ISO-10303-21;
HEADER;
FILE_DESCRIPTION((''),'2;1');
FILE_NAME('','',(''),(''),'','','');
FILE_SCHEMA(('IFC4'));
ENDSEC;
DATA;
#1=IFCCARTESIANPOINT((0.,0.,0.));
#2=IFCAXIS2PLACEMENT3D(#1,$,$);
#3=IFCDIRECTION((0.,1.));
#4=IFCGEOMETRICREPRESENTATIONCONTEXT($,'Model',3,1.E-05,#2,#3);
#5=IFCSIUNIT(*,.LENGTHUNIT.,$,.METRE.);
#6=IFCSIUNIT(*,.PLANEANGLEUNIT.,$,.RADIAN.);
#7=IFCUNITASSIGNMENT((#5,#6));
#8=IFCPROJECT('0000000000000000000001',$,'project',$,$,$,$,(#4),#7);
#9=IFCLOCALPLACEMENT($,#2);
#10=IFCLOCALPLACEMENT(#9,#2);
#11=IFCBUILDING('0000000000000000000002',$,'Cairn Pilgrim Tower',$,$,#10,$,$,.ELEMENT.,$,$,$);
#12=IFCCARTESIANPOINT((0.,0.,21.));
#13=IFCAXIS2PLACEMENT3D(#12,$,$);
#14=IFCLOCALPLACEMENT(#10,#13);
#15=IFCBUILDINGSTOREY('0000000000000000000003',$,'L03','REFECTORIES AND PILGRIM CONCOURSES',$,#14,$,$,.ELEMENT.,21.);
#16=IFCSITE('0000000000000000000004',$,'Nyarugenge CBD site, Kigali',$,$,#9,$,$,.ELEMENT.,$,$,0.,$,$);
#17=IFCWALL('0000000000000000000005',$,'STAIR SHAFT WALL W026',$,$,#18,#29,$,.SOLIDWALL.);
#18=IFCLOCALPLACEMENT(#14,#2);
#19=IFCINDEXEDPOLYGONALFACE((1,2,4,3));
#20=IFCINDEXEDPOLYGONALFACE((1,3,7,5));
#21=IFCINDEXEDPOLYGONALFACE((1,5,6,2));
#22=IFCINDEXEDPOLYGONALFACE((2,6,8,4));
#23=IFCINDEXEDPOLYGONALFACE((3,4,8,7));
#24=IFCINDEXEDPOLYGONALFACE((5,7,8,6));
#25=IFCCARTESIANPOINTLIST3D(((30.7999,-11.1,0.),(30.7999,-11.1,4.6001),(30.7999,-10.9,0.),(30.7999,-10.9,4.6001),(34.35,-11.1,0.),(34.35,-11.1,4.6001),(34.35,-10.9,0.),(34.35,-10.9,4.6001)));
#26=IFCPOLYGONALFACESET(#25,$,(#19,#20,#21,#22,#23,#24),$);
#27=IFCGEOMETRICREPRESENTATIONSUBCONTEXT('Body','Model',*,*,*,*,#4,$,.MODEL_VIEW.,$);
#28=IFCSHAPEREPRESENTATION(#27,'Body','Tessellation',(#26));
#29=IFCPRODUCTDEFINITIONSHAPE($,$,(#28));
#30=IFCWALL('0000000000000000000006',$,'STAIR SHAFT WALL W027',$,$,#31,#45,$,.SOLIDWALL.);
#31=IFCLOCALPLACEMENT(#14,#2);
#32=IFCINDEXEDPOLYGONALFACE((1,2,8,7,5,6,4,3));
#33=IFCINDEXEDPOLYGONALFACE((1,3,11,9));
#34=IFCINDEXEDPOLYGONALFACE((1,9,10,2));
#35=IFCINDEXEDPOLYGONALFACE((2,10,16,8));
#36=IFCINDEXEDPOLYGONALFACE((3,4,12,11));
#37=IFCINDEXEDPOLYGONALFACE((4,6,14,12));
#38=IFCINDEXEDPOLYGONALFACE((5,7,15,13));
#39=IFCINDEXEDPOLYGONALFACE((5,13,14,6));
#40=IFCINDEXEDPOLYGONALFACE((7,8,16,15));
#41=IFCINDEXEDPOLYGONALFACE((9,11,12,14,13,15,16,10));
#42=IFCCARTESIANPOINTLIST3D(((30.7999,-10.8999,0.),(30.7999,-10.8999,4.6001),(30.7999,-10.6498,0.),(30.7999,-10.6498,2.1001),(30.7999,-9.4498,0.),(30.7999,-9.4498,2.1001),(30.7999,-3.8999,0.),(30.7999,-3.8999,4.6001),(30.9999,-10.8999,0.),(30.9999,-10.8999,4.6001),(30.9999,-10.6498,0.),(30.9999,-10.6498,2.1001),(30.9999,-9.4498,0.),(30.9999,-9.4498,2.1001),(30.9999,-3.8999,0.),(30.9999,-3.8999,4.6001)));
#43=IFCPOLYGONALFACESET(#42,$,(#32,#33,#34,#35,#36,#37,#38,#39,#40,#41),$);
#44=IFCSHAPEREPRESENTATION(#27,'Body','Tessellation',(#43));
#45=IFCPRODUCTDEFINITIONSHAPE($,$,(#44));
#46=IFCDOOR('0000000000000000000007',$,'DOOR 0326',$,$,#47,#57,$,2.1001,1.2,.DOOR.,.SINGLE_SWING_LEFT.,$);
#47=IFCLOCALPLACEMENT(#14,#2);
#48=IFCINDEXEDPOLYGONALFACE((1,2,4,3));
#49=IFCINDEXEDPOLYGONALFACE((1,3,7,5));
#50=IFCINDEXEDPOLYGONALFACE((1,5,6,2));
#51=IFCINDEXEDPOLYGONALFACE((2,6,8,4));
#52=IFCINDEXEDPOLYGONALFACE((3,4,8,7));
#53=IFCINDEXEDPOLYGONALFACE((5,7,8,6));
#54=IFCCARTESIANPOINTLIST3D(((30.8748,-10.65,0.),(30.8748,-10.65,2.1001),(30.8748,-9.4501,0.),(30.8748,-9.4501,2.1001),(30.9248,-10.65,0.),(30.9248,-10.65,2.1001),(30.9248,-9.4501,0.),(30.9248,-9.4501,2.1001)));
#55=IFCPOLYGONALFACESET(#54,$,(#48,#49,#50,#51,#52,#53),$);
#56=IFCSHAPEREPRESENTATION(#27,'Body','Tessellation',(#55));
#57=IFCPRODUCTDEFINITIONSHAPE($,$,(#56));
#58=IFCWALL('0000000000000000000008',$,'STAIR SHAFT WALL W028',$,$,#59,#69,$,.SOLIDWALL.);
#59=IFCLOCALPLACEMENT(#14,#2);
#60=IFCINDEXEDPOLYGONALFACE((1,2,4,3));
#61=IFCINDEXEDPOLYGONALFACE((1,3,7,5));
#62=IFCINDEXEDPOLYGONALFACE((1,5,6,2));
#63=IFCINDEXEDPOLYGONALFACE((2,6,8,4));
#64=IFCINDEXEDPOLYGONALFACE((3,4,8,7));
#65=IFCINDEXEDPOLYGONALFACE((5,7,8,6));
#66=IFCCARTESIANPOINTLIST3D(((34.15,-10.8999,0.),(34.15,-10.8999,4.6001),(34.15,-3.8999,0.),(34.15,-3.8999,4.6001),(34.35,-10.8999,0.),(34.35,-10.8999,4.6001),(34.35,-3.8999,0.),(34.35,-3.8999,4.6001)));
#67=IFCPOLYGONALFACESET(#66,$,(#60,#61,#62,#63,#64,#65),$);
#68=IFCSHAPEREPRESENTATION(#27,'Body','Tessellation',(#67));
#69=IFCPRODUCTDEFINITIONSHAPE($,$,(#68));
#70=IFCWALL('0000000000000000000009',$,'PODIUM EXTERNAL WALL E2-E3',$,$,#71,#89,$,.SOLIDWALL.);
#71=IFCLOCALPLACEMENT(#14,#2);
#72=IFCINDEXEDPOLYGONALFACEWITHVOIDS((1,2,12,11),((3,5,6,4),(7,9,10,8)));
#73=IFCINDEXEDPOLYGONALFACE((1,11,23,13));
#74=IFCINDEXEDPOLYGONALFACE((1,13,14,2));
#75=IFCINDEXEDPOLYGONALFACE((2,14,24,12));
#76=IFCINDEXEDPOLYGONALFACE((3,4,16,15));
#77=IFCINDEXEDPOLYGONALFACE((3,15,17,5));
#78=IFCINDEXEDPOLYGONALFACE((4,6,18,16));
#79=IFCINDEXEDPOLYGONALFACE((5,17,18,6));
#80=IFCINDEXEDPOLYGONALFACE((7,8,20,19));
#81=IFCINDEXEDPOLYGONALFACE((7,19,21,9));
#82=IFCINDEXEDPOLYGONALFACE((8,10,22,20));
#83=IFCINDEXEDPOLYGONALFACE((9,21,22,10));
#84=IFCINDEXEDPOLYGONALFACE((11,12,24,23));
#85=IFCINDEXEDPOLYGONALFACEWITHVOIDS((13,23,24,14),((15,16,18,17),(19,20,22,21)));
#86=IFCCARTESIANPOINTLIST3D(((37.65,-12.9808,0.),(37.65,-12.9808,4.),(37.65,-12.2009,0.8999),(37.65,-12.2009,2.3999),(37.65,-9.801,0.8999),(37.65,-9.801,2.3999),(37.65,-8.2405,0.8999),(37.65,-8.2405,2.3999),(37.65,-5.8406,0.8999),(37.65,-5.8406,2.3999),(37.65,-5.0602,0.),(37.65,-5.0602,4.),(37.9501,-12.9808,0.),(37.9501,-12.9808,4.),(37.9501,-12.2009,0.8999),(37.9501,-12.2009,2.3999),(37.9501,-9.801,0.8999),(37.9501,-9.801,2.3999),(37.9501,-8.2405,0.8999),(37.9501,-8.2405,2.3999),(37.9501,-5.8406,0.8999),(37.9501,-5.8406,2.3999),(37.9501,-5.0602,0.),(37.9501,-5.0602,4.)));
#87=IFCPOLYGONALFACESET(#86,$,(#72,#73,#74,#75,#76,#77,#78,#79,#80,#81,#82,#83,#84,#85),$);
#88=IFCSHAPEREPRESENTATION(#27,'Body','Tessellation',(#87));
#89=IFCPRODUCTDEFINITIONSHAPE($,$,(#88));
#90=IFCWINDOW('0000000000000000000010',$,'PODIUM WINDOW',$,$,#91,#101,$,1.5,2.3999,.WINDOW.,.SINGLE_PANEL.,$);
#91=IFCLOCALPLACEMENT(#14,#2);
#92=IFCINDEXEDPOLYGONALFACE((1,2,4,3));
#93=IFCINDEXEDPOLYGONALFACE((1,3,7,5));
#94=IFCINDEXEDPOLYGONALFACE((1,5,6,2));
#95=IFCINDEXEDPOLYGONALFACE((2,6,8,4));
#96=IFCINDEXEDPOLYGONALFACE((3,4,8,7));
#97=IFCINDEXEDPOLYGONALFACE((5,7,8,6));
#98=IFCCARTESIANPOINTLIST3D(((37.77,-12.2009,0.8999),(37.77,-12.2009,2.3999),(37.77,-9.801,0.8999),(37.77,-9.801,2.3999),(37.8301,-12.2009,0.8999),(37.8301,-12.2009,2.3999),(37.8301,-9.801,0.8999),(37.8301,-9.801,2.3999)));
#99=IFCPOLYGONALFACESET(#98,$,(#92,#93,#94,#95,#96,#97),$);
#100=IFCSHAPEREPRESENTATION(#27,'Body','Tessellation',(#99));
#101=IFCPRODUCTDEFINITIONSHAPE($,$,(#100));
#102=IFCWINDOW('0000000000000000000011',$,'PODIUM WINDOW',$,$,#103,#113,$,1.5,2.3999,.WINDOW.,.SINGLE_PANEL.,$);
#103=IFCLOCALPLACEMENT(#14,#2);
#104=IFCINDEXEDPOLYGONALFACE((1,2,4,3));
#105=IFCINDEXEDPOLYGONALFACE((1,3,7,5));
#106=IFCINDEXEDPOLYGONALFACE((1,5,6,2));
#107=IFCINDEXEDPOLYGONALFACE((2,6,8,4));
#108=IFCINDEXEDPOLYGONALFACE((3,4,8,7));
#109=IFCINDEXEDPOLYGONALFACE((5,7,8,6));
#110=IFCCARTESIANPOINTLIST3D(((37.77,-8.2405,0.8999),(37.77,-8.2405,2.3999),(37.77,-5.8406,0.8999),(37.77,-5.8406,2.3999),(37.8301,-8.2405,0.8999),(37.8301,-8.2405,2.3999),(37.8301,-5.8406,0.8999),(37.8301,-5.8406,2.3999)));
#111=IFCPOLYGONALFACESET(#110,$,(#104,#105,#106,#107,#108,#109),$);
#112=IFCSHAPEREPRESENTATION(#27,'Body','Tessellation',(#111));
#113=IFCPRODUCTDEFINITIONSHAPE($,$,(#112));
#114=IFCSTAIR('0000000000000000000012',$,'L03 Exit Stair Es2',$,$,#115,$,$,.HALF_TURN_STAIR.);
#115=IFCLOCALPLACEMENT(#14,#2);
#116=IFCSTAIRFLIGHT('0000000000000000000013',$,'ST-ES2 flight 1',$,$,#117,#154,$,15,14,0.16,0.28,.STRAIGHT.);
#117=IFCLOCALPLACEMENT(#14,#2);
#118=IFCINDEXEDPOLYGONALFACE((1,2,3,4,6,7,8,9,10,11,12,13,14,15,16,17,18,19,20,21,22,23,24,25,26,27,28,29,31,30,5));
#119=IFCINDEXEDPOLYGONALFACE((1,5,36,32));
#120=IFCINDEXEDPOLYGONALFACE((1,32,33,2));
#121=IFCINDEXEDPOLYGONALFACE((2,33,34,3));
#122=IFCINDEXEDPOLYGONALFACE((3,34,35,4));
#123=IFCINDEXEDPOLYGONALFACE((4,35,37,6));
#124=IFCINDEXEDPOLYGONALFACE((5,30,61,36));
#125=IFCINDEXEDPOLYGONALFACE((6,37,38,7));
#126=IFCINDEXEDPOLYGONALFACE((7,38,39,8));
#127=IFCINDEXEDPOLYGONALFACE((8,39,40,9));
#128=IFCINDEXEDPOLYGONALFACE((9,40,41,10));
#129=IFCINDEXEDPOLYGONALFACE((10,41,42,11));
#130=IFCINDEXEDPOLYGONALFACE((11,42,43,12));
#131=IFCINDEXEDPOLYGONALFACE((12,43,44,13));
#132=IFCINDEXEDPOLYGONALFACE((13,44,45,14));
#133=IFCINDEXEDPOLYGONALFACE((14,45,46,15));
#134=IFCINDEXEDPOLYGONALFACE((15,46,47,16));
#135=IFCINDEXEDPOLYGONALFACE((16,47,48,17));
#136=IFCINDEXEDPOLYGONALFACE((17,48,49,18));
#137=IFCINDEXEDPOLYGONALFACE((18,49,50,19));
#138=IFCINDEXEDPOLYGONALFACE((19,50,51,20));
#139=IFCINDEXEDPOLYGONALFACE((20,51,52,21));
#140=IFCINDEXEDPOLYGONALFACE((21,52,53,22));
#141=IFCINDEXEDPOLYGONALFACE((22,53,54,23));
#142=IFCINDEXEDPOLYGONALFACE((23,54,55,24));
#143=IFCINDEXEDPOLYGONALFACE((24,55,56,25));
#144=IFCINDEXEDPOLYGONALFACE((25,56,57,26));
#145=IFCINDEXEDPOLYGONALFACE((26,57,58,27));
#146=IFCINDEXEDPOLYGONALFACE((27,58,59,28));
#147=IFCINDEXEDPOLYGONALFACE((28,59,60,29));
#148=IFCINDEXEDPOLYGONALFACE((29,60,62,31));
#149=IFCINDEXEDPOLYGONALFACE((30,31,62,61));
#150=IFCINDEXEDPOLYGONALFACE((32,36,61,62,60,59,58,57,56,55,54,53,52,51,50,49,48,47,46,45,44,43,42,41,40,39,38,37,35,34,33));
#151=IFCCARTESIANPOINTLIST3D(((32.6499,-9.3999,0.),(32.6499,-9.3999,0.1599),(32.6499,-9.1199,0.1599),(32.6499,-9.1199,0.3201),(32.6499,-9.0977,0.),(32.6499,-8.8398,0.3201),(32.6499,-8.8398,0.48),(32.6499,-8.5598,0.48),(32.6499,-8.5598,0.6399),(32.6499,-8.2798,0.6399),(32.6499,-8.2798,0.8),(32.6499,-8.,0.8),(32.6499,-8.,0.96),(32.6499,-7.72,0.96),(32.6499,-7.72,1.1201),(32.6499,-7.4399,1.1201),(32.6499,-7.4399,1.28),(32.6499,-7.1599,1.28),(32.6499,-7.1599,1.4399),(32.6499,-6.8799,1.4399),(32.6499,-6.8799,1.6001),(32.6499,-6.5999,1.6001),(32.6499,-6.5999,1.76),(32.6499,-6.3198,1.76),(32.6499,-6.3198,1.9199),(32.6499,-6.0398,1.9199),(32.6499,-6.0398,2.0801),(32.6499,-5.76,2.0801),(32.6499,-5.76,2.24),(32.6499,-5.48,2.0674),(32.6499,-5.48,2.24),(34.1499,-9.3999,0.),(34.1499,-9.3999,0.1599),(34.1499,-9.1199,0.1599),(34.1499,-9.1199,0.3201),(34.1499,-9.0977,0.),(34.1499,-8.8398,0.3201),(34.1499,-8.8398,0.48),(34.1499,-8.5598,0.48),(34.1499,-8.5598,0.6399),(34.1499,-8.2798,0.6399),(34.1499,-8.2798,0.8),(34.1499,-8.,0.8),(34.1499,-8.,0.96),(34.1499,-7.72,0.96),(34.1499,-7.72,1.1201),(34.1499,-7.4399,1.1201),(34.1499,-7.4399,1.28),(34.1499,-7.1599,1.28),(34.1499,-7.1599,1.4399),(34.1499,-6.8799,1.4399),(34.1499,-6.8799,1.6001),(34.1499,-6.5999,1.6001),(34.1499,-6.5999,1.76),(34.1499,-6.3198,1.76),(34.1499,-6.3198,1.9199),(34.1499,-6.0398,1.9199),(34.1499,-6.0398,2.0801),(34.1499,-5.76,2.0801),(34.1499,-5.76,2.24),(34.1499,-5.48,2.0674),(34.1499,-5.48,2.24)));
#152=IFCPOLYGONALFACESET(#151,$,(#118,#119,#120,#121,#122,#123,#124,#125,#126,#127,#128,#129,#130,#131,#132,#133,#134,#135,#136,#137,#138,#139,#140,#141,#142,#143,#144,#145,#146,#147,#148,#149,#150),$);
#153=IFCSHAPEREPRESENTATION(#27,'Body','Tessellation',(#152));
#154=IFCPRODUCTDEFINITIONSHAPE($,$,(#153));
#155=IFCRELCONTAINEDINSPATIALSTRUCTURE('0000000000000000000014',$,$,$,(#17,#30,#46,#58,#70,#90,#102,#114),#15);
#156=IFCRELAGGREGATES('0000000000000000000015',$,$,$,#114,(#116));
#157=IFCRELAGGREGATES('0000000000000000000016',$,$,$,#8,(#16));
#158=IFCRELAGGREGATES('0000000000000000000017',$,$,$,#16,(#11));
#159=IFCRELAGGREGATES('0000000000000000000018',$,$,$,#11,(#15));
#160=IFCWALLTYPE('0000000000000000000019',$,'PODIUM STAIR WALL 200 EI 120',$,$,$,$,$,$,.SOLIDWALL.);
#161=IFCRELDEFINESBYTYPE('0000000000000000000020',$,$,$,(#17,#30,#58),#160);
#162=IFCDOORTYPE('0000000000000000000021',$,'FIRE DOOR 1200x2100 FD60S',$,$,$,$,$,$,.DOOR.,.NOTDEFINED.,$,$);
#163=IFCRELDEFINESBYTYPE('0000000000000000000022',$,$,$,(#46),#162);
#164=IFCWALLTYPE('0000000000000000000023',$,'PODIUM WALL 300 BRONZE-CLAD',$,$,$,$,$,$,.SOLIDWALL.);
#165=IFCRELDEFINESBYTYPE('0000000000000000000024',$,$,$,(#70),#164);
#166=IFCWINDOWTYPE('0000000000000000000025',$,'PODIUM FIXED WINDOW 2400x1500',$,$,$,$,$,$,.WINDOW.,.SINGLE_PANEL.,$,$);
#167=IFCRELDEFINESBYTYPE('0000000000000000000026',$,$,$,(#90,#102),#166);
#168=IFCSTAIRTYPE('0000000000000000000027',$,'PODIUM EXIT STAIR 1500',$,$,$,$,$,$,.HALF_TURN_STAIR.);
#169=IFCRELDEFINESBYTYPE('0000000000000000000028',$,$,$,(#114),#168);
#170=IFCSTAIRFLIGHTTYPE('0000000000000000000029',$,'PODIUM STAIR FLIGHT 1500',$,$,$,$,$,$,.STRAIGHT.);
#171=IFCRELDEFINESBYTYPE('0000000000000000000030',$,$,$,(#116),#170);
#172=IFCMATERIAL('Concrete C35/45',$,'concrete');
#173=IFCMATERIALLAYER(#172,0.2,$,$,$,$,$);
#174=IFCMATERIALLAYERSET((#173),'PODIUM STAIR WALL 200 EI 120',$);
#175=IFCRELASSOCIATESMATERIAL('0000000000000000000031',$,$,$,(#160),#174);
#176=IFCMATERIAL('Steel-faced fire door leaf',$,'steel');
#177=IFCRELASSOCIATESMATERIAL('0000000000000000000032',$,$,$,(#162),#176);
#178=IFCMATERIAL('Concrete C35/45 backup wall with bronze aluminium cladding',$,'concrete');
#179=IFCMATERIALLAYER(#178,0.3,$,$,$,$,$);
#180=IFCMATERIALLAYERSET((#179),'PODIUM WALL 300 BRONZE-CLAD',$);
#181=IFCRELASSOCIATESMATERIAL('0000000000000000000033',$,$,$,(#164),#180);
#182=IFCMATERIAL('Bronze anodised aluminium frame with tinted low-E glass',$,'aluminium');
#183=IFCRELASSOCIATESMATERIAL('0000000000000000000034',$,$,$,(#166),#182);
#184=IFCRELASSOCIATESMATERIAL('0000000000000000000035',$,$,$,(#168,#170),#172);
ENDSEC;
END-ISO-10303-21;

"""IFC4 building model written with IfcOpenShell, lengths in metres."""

from ifc_helpers import new_model, si_unit, direction, frame, frame_2d, origin, place, context, subcontext, project, spatial, polyline, rectangle, outline, extrude, material, layer, layer_set, type_object, element, fill, aggregate, save


model = new_model("IFC4")

# Units and contexts
model_context = context("Model", 3, precision=1e-05, world=origin(), true_north=direction((0.0, 1.0)))
body_context = subcontext(model_context, "Body", "Model", "MODEL_VIEW")
ifc_project = project(units=[si_unit("LENGTHUNIT", "METRE"), si_unit("PLANEANGLEUNIT", "RADIAN")], contexts=[model_context])

# Site, building, storey
site_placement = place(None, origin())
site = spatial("IfcSite", under=ifc_project, at=site_placement, Name="Nyarugenge CBD site, Kigali", CompositionType="ELEMENT", RefElevation=0.0)
building_placement = place(site_placement, origin())
building = spatial("IfcBuilding", under=site, at=building_placement, Name="Cairn Pilgrim Tower", CompositionType="ELEMENT")
storey_placement = place(building_placement, frame((0.0, 0.0, 21.0)))
storey = spatial("IfcBuildingStorey", under=building, at=storey_placement, Name="L03", Description="REFECTORIES AND PILGRIM CONCOURSES", CompositionType="ELEMENT", Elevation=21.0)

# Wall
ifc_material_1 = material(Name="Concrete C35/45", Category="concrete")
ifc_layer_1 = layer(ifc_material_1, 0.2)
ifc_layer_set_1 = layer_set([ifc_layer_1], Name="PODIUM STAIR WALL 200 EI 120")
wall_type_1 = type_object("IfcWallType", Name="PODIUM STAIR WALL 200 EI 120", PredefinedType="SOLIDWALL", material=ifc_layer_set_1)
wall_1_placement = place(storey_placement, frame((30.8, -11.0, 0.0), z_axis=(0.0, 0.0, 1.0), x_axis=(1.0, 0.0, 0.0)))
element("IfcWall", 1, at=wall_1_placement, inside=storey, type_object=wall_type_1, Name="STAIR SHAFT WALL W026", PredefinedType="SOLIDWALL", context=body_context, shape_type="SweptSolid", body=[
    extrude(rectangle(XDim=3.55, YDim=0.2, at=frame_2d((1.7749, 0.0))), origin(), (0.0, 0.0, 1.0), 4.6001),
])

# Wall, opening, door
wall_2_placement = place(storey_placement, frame((30.8999, -10.8999, 0.0), z_axis=(0.0, 0.0, 1.0), x_axis=(0.0, 1.0, 0.0)))
wall_2 = element("IfcWall", 2, at=wall_2_placement, inside=storey, type_object=wall_type_1, Name="STAIR SHAFT WALL W027", PredefinedType="SOLIDWALL", context=body_context, shape_type="SweptSolid", body=[
    extrude(rectangle(XDim=7.0, YDim=0.2, at=frame_2d((3.5, 0.0))), origin(), (0.0, 0.0, 1.0), 4.6001),
])
opening_1_placement = place(wall_2_placement, frame((0.25, 0.0, 0.0)))
opening_1 = element("IfcOpeningElement", 3, at=opening_1_placement, cuts=wall_2, PredefinedType="OPENING", context=body_context, shape_type="SweptSolid", body=[
    extrude(rectangle(XDim=1.2, YDim=2.1001, at=frame_2d((0.6001, 1.05))), frame((0.0, 0.1099, 0.0), z_axis=(0.0, -1.0, 0.0), x_axis=(1.0, 0.0, 0.0)), (0.0, 0.0, 1.0), 0.22),
])
ifc_material_2 = material(Name="Steel-faced fire door leaf", Category="steel")
door_type_1 = type_object("IfcDoorType", Name="FIRE DOOR 1200x2100 FD60S", OperationType="NOTDEFINED", PredefinedType="DOOR", material=ifc_material_2)
door_1_placement = place(opening_1_placement, frame((1.2, 0.0, 0.0), z_axis=(0.0, 0.0, 1.0), x_axis=(-1.0, 0.0, 0.0)))
door_1 = element("IfcDoor", 4, at=door_1_placement, inside=storey, type_object=door_type_1, Name="DOOR 0326", OperationType="SINGLE_SWING_LEFT", OverallHeight=2.1001, OverallWidth=1.2, PredefinedType="DOOR", context=body_context, shape_type="SweptSolid", body=[
    extrude(rectangle(XDim=1.2, YDim=2.1001, at=frame_2d((0.6001, 1.05))), frame((0.0, 0.0249, 0.0), z_axis=(0.0, -1.0, 0.0), x_axis=(1.0, 0.0, 0.0)), (0.0, 0.0, 1.0), 0.05),
])
fill(opening_1, door_1)

# Wall
wall_3_placement = place(storey_placement, frame((34.25, -10.8999, 0.0), z_axis=(0.0, 0.0, 1.0), x_axis=(0.0, 1.0, 0.0)))
element("IfcWall", 5, at=wall_3_placement, inside=storey, type_object=wall_type_1, Name="STAIR SHAFT WALL W028", PredefinedType="SOLIDWALL", context=body_context, shape_type="SweptSolid", body=[
    extrude(rectangle(XDim=7.0, YDim=0.2, at=frame_2d((3.5, 0.0))), origin(), (0.0, 0.0, 1.0), 4.6001),
])

# Wall, openings, windows
ifc_material_3 = material(Name="Concrete C35/45 backup wall with bronze aluminium cladding", Category="concrete")
ifc_layer_2 = layer(ifc_material_3, 0.3)
ifc_layer_set_2 = layer_set([ifc_layer_2], Name="PODIUM WALL 300 BRONZE-CLAD")
wall_type_2 = type_object("IfcWallType", Name="PODIUM WALL 300 BRONZE-CLAD", PredefinedType="SOLIDWALL", material=ifc_layer_set_2)
wall_4_placement = place(storey_placement, frame((37.8, -12.981, 0.0), z_axis=(0.0, 0.0, 1.0), x_axis=(0.0, 1.0, 0.0)))
wall_4 = element("IfcWall", 6, at=wall_4_placement, inside=storey, type_object=wall_type_2, Name="PODIUM EXTERNAL WALL E2-E3", PredefinedType="SOLIDWALL", context=body_context, shape_type="SweptSolid", body=[
    extrude(rectangle(XDim=7.9207, YDim=0.3, at=frame_2d((3.9604, 0.0))), origin(), (0.0, 0.0, 1.0), 4.0),
])
opening_2_placement = place(wall_4_placement, frame((0.78, 0.0, 0.8999)))
opening_2 = element("IfcOpeningElement", 7, at=opening_2_placement, cuts=wall_4, PredefinedType="OPENING", context=body_context, shape_type="SweptSolid", body=[
    extrude(rectangle(XDim=2.3999, YDim=1.5, at=frame_2d((1.2, 0.75))), frame((0.0, 0.1602, 0.0), z_axis=(0.0, -1.0, 0.0), x_axis=(1.0, 0.0, 0.0)), (0.0, 0.0, 1.0), 0.3201),
])
opening_3_placement = place(wall_4_placement, frame((4.7405, 0.0, 0.8999)))
opening_3 = element("IfcOpeningElement", 8, at=opening_3_placement, cuts=wall_4, PredefinedType="OPENING", context=body_context, shape_type="SweptSolid", body=[
    extrude(rectangle(XDim=2.3999, YDim=1.5, at=frame_2d((1.2, 0.75))), frame((0.0, 0.1602, 0.0), z_axis=(0.0, -1.0, 0.0), x_axis=(1.0, 0.0, 0.0)), (0.0, 0.0, 1.0), 0.3201),
])
ifc_material_4 = material(Name="Bronze anodised aluminium frame with tinted low-E glass", Category="aluminium")
window_type = type_object("IfcWindowType", Name="PODIUM FIXED WINDOW 2400x1500", PartitioningType="SINGLE_PANEL", PredefinedType="WINDOW", material=ifc_material_4)
window_1_placement = place(opening_2_placement, origin())
window_1 = element("IfcWindow", 9, at=window_1_placement, inside=storey, type_object=window_type, Name="PODIUM WINDOW", OverallHeight=1.5, OverallWidth=2.3999, PartitioningType="SINGLE_PANEL", PredefinedType="WINDOW", context=body_context, shape_type="SweptSolid", body=[
    extrude(rectangle(XDim=2.3999, YDim=1.5, at=frame_2d((1.2, 0.75))), frame((0.0, 0.03, 0.0), z_axis=(0.0, -1.0, 0.0), x_axis=(1.0, 0.0, 0.0)), (0.0, 0.0, 1.0), 0.0601),
])
fill(opening_2, window_1)
window_2_placement = place(opening_3_placement, origin())
window_2 = element("IfcWindow", 10, at=window_2_placement, inside=storey, type_object=window_type, Name="PODIUM WINDOW", OverallHeight=1.5, OverallWidth=2.3999, PartitioningType="SINGLE_PANEL", PredefinedType="WINDOW", context=body_context, shape_type="SweptSolid", body=[
    extrude(rectangle(XDim=2.3999, YDim=1.5, at=frame_2d((1.2, 0.75))), frame((0.0, 0.03, 0.0), z_axis=(0.0, -1.0, 0.0), x_axis=(1.0, 0.0, 0.0)), (0.0, 0.0, 1.0), 0.0601),
])
fill(opening_3, window_2)

# Stair, stair flight
stair_type = type_object("IfcStairType", Name="PODIUM EXIT STAIR 1500", PredefinedType="HALF_TURN_STAIR", material=ifc_material_1)
stair_placement = place(storey_placement, origin())
stair = element("IfcStair", 11, at=stair_placement, inside=storey, type_object=stair_type, Name="L03 Exit Stair Es2", PredefinedType="HALF_TURN_STAIR")
stair_flight_type = type_object("IfcStairFlightType", Name="PODIUM STAIR FLIGHT 1500", PredefinedType="STRAIGHT", material=ifc_material_1)
stair_flight_1_placement = place(storey_placement, frame((33.3999, -9.3999, 0.0), z_axis=(0.0, 0.0, 1.0), x_axis=(0.0, 1.0, 0.0)))
stair_flight_1 = element("IfcStairFlight", 12, at=stair_flight_1_placement, type_object=stair_flight_type, Name="ST-ES2 flight 1", NumberOfRisers=15, NumberOfTreads=14, PredefinedType="STRAIGHT", RiserHeight=0.16, TreadLength=0.28, context=body_context, shape_type="SweptSolid", body=[
    extrude(outline(polyline([(0.0, 0.0), (0.0, 0.1599), (0.28, 0.1599), (0.28, 0.3201), (0.5601, 0.3201), (0.5601, 0.48), (0.8401, 0.48), (0.8401, 0.6399), (1.1201, 0.6399), (1.1201, 0.8), (1.3999, 0.8), (1.3999, 0.96), (1.6799, 0.96), (1.6799, 1.1201), (1.96, 1.1201), (1.96, 1.28), (2.24, 1.28), (2.24, 1.4399), (2.52, 1.4399), (2.52, 1.6001), (2.8, 1.6001), (2.8, 1.76), (3.0801, 1.76), (3.0801, 1.9199), (3.3601, 1.9199), (3.3601, 2.0801), (3.6399, 2.0801), (3.6399, 2.24), (3.9199, 2.24), (3.9199, 2.3999), (3.9199, 2.0674), (0.3022, 0.0), (0.0, 0.0)])), frame((0.0, 0.75, 0.0), z_axis=(0.0, -1.0, 0.0), x_axis=(1.0, 0.0, 0.0)), (0.0, 0.0, 1.0), 1.5),
])
aggregate(stair, [stair_flight_1])

save(model, "model.ifc")
